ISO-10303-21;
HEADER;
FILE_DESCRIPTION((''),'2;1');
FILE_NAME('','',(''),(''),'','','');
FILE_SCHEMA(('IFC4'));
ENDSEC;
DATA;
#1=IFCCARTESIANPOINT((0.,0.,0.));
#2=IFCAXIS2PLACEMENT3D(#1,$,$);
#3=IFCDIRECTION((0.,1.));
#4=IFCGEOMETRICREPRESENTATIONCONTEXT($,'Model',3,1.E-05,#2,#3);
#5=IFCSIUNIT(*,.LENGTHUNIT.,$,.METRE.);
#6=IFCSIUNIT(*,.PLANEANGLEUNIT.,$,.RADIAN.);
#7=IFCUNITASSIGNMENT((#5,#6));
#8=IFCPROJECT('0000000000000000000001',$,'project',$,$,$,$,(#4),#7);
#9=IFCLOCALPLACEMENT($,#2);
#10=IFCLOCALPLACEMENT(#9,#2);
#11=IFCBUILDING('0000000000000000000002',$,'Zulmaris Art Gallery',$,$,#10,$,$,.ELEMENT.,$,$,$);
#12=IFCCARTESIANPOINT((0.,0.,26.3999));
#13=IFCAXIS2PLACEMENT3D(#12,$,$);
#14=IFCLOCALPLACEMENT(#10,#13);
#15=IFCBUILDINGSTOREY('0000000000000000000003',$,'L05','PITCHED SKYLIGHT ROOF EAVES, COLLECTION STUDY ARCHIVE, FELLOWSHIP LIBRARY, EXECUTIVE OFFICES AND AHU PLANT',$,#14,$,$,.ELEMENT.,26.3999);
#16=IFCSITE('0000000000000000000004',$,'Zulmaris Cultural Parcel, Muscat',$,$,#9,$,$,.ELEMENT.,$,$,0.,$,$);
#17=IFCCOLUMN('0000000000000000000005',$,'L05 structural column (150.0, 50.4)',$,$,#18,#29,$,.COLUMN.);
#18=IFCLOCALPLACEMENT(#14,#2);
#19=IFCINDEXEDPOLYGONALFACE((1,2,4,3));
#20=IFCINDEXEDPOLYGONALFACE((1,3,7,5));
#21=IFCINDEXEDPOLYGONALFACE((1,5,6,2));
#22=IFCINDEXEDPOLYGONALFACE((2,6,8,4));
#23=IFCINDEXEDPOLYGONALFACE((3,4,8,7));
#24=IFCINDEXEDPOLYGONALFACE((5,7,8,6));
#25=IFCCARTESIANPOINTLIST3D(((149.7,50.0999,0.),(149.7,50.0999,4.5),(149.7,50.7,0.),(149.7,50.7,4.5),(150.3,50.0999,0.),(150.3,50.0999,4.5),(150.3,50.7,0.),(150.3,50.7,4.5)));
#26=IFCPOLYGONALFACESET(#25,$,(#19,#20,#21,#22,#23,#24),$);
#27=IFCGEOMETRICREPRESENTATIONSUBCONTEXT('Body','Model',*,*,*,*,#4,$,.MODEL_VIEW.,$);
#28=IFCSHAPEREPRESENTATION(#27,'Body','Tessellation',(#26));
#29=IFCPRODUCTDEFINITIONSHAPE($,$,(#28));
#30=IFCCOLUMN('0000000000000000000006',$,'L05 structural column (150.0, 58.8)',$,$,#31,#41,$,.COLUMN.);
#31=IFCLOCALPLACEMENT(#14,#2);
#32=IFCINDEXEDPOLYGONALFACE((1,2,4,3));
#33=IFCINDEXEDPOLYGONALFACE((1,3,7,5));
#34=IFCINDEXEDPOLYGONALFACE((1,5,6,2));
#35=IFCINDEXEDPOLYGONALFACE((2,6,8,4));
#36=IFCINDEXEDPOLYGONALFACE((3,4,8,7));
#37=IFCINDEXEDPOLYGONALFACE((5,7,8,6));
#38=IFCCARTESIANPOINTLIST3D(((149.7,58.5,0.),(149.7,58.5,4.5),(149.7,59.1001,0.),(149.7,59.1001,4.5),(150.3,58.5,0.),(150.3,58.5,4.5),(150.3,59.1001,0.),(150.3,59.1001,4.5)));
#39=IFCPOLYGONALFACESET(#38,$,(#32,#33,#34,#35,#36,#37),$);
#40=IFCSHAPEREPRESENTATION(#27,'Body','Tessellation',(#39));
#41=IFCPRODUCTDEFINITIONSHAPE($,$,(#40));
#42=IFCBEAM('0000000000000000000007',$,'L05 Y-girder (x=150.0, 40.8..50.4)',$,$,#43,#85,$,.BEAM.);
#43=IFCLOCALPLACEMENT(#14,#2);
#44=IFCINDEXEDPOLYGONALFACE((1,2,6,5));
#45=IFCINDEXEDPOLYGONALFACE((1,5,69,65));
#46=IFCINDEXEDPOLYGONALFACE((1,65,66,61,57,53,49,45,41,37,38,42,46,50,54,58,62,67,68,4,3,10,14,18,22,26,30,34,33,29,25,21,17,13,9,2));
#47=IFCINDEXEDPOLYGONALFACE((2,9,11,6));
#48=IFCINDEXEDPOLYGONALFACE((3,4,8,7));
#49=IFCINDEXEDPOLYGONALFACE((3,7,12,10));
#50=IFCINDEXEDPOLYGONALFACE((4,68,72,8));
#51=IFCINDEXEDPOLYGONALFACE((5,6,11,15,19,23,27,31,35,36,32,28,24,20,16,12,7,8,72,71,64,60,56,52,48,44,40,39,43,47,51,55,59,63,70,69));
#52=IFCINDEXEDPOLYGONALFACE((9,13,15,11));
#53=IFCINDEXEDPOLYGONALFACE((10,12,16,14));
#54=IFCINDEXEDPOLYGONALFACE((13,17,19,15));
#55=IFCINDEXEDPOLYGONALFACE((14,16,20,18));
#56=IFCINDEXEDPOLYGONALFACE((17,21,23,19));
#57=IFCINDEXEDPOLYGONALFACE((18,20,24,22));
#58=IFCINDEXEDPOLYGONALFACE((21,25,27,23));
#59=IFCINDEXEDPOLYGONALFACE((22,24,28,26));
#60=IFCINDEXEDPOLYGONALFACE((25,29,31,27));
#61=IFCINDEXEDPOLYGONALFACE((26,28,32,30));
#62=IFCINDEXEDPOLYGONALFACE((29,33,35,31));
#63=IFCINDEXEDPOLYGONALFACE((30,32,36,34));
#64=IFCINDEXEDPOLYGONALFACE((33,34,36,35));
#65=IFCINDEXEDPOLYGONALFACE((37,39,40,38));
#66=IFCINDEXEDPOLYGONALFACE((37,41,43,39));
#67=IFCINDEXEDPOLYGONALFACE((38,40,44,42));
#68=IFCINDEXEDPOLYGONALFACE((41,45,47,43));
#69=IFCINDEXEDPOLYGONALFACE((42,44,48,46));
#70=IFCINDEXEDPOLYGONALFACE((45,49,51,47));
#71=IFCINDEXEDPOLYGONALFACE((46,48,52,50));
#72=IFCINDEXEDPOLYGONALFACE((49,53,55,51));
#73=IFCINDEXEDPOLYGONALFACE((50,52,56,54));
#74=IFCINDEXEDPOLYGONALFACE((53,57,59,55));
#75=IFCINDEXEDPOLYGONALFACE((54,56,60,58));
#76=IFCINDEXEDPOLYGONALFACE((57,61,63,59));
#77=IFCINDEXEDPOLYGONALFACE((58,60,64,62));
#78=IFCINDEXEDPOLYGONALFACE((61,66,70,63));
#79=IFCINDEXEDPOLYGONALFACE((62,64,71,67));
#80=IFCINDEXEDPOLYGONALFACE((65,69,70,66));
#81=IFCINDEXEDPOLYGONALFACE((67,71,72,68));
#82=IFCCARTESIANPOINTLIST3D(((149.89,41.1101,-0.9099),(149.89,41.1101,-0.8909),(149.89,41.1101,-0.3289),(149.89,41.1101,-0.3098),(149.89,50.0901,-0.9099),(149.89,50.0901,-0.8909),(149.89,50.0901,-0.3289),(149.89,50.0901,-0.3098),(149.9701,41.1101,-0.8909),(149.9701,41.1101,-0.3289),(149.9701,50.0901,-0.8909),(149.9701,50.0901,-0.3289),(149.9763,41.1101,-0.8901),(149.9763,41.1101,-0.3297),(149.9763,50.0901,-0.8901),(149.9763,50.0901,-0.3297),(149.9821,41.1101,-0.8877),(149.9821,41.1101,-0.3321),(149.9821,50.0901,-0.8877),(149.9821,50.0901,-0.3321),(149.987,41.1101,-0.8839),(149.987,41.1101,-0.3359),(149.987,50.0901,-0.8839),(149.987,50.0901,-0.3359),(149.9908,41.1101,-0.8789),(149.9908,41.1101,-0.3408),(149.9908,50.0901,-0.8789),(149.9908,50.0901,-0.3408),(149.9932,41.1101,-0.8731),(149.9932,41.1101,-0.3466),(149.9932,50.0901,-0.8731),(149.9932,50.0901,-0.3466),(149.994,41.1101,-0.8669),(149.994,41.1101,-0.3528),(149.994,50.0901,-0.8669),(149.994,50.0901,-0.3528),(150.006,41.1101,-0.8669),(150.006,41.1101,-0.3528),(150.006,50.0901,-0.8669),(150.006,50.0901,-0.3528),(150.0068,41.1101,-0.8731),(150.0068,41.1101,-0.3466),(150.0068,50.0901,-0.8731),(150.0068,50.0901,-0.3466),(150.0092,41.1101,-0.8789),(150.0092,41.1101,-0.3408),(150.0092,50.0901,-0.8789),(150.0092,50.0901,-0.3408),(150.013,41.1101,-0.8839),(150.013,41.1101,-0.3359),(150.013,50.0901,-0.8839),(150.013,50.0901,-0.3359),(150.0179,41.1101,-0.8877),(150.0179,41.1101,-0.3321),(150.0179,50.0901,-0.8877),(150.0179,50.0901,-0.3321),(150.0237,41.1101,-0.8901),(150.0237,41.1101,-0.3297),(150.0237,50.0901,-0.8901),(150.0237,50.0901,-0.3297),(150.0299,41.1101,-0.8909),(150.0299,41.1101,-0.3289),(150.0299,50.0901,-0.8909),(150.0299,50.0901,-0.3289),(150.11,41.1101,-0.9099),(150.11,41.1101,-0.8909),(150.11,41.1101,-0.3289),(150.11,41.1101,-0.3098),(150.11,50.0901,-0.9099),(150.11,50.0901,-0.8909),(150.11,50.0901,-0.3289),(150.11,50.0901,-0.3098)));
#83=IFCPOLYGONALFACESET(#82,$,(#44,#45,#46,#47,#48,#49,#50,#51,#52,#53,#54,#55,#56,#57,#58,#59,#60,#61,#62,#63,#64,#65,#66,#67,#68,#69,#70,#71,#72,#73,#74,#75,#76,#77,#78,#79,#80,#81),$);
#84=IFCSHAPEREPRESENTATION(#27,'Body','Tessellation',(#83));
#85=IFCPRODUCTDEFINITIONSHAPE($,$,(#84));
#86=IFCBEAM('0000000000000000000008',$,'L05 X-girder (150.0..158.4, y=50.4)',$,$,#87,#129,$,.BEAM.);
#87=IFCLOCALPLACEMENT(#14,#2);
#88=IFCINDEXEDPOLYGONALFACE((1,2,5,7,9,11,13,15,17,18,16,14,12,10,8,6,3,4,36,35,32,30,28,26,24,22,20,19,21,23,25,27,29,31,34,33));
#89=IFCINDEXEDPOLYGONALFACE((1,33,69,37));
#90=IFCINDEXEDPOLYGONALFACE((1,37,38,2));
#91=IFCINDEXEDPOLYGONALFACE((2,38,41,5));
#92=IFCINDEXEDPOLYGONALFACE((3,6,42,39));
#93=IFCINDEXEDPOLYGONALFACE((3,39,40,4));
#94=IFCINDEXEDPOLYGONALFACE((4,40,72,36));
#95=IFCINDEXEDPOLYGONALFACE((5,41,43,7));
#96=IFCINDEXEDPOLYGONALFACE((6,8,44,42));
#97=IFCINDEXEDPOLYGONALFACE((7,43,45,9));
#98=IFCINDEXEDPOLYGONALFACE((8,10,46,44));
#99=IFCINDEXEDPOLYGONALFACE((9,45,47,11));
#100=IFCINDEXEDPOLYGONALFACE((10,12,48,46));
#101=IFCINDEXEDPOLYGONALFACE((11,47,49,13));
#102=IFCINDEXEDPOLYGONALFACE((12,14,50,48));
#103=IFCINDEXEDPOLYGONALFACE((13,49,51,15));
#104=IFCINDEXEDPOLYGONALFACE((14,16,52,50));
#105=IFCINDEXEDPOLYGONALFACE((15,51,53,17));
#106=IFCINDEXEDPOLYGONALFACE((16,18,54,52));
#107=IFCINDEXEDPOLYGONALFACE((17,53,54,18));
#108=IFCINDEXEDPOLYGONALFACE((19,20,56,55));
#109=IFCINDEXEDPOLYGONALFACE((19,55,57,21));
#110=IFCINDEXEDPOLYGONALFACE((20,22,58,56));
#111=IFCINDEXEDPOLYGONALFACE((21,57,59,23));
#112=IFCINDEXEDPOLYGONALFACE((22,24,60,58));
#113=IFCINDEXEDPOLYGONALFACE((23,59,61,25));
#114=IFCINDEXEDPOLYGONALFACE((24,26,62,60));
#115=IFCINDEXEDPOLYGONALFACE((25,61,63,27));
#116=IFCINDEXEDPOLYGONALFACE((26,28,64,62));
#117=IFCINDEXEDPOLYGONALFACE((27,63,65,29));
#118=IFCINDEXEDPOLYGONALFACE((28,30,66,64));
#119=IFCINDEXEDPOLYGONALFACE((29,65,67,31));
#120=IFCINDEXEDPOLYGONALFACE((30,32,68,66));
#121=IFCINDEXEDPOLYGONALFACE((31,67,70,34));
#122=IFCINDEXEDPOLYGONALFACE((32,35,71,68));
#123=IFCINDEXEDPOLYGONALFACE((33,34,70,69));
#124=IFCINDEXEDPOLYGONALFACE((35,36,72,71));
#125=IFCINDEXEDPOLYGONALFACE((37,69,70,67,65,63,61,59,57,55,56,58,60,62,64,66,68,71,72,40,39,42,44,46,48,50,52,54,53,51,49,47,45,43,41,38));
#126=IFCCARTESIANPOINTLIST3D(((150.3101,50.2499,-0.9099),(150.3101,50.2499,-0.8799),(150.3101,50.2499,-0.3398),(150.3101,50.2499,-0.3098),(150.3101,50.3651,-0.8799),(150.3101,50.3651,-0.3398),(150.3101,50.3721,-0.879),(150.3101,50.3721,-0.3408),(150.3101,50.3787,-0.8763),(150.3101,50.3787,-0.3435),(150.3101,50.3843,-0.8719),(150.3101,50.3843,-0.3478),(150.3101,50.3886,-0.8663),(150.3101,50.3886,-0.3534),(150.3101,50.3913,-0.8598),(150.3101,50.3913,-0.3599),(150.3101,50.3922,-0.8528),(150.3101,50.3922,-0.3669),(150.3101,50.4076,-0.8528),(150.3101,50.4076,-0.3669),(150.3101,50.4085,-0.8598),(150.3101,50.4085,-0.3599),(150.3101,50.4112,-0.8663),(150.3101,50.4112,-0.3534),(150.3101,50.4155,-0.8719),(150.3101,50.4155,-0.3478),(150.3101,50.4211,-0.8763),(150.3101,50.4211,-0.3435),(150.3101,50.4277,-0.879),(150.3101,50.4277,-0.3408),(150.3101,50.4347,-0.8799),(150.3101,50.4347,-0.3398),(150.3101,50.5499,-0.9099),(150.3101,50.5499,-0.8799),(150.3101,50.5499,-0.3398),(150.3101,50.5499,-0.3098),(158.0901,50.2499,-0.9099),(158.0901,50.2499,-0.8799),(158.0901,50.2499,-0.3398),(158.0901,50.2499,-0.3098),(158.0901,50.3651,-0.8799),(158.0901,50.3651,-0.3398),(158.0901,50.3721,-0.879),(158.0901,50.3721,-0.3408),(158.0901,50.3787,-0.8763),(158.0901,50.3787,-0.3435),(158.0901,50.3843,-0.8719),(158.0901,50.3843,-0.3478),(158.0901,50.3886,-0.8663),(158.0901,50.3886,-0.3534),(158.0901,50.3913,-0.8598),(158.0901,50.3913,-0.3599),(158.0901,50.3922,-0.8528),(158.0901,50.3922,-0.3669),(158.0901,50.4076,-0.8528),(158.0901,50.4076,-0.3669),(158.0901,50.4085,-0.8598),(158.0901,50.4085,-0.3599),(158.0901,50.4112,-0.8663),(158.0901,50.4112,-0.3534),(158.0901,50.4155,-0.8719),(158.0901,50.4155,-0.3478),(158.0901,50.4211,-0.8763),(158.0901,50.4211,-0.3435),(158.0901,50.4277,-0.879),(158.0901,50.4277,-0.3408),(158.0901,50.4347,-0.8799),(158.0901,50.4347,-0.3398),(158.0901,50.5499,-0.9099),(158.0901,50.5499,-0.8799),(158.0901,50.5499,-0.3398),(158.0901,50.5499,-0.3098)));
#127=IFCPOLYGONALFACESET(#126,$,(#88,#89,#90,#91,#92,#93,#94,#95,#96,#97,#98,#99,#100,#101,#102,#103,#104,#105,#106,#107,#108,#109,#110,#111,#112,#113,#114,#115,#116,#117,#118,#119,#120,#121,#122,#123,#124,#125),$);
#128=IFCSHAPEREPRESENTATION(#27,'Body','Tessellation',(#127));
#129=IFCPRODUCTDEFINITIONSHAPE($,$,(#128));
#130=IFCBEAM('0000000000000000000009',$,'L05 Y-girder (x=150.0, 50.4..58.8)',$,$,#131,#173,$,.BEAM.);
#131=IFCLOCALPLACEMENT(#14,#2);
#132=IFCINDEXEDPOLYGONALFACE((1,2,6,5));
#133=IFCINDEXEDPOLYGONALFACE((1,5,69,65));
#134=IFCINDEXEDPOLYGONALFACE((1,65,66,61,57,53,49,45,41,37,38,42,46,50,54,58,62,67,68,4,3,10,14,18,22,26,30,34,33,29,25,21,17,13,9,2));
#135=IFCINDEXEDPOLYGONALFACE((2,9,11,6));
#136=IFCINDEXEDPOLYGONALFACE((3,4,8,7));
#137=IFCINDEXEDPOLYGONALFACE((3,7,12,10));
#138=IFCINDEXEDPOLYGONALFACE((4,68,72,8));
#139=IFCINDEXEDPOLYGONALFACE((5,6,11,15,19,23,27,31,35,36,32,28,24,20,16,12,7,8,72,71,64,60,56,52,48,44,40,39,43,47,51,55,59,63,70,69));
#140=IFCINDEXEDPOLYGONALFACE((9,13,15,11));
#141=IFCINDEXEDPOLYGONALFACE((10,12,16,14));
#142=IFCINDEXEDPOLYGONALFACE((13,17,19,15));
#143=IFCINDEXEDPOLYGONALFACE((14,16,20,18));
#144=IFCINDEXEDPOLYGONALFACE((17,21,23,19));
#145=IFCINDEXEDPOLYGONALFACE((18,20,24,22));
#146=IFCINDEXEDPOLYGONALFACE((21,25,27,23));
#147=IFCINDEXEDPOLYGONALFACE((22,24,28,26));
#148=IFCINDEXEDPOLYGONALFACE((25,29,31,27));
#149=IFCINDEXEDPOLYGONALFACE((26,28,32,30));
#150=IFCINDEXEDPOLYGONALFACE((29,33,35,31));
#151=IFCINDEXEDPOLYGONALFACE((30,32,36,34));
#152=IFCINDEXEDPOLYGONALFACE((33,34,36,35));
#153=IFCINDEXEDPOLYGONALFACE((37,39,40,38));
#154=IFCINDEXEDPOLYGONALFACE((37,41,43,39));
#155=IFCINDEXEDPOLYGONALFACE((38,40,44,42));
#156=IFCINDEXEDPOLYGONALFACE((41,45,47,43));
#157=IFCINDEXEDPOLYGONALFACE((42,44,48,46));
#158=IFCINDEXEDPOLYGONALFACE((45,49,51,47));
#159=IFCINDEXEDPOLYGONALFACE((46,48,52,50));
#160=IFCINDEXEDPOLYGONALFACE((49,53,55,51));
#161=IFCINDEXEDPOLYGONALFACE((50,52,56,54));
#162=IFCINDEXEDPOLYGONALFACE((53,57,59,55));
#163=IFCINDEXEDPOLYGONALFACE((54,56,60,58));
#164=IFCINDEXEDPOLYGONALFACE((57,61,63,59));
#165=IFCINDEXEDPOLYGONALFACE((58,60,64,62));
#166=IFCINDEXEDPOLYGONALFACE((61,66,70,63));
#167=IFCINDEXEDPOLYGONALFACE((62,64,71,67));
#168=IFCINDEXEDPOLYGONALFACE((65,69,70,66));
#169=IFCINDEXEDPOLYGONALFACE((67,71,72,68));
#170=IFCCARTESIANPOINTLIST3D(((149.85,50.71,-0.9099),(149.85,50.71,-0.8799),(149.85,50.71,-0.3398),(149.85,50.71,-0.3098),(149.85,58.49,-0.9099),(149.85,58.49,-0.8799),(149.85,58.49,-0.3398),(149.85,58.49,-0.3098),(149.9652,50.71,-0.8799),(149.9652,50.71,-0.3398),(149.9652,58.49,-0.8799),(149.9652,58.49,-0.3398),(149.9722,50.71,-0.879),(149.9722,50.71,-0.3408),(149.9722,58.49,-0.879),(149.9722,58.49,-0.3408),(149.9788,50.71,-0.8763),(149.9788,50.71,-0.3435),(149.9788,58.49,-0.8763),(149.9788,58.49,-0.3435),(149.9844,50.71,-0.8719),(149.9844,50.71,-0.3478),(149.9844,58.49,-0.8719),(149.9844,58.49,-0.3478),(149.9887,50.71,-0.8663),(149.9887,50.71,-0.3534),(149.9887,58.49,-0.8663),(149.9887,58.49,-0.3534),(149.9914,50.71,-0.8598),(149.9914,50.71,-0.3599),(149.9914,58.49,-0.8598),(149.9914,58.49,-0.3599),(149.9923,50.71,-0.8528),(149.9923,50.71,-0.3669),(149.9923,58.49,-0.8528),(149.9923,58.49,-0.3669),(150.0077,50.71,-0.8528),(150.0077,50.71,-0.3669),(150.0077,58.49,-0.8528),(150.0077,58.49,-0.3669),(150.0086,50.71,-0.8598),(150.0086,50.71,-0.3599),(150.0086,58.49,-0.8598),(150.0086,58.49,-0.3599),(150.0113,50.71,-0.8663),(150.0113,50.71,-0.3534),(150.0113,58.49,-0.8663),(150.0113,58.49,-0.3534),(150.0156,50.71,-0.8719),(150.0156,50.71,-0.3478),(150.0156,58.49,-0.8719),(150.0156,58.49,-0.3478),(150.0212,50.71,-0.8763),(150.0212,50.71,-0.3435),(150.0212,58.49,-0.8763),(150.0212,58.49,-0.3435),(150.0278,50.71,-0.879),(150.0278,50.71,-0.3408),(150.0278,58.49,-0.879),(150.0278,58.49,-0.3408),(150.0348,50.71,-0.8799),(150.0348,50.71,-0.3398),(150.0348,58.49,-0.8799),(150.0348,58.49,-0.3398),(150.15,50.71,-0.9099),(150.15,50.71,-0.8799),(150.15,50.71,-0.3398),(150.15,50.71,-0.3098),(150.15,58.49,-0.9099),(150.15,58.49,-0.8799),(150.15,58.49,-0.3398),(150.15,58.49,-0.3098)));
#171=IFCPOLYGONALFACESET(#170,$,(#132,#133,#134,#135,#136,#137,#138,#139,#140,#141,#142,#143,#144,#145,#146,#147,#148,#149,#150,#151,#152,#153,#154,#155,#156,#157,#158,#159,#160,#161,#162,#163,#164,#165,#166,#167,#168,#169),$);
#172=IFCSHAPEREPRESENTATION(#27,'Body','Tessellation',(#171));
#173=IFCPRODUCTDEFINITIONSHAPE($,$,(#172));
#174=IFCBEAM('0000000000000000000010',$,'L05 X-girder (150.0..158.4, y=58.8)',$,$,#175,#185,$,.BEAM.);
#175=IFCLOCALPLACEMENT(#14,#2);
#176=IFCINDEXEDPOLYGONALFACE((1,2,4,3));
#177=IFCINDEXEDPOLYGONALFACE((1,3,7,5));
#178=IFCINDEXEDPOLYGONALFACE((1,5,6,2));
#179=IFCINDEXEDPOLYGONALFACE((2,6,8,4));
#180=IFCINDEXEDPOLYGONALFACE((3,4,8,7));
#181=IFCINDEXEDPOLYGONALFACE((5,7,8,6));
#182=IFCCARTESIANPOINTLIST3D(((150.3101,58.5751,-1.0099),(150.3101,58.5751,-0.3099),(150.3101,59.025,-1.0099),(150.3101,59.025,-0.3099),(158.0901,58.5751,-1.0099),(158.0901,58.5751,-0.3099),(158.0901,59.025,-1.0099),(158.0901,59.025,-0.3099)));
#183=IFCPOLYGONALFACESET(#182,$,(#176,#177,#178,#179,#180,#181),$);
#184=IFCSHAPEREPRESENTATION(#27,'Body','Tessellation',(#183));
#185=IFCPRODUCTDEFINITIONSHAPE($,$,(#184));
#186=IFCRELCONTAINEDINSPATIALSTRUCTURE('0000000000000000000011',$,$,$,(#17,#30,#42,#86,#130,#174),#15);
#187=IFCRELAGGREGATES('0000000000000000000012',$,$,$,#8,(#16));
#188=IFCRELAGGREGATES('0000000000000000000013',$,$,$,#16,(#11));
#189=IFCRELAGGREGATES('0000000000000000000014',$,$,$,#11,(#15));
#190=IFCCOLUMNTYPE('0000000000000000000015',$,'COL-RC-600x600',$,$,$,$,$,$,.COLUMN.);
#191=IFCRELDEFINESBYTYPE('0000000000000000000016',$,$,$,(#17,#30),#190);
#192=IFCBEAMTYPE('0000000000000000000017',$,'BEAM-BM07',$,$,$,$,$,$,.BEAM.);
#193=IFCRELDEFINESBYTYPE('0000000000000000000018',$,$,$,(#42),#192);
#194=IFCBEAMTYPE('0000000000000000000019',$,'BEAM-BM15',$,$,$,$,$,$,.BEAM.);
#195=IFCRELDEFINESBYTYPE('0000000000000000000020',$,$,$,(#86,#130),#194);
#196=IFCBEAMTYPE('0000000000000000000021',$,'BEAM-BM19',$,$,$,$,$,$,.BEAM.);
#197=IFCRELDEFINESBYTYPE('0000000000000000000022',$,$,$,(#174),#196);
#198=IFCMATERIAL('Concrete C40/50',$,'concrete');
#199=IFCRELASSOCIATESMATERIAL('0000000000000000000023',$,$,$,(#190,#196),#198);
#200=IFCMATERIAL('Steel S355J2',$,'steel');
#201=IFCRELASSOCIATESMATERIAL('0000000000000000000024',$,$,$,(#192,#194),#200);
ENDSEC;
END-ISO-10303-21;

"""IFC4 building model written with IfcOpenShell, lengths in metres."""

from ifc_helpers import new_model, si_unit, direction, frame, origin, origin_2d, place, context, subcontext, project, spatial, rectangle, i_section, extrude, material, material_profile, profile_set, type_object, element, save


model = new_model("IFC4")

# Units and contexts
model_context = context("Model", 3, precision=1e-05, world=origin(), true_north=direction((0.0, 1.0)))
body_context = subcontext(model_context, "Body", "Model", "MODEL_VIEW")
ifc_project = project(units=[si_unit("LENGTHUNIT", "METRE"), si_unit("PLANEANGLEUNIT", "RADIAN")], contexts=[model_context])

# Site, building, storey
site_placement = place(None, origin())
site = spatial("IfcSite", under=ifc_project, at=site_placement, Name="Zulmaris Cultural Parcel, Muscat", CompositionType="ELEMENT", RefElevation=0.0)
building_placement = place(site_placement, origin())
building = spatial("IfcBuilding", under=site, at=building_placement, Name="Zulmaris Art Gallery", CompositionType="ELEMENT")
storey_placement = place(building_placement, frame((0.0, 0.0, 26.3999)))
storey = spatial("IfcBuildingStorey", under=building, at=storey_placement, Name="L05", Description="PITCHED SKYLIGHT ROOF EAVES, COLLECTION STUDY ARCHIVE, FELLOWSHIP LIBRARY, EXECUTIVE OFFICES AND AHU PLANT", CompositionType="ELEMENT", Elevation=26.3999)

# Columns
ifc_material_1 = material(Name="Concrete C40/50", Category="concrete")
ifc_material_profile_1 = material_profile(ifc_material_1, rectangle(XDim=0.6001, YDim=0.6001, at=origin_2d()), Name="RC 600x600")
ifc_profile_set_1 = profile_set([ifc_material_profile_1], Name="Concrete C40/50")
column_type = type_object("IfcColumnType", Name="COL-RC-600x600", PredefinedType="COLUMN", material=ifc_profile_set_1)
for number, where, z_axis, x_axis, name in (
    (1, (150.0, 50.3999, 0.0), (0.0, 0.0, 1.0), (1.0, 0.0, 0.0), "L05 structural column (150.0, 50.4)"),
    (2, (150.0, 58.8, 0.0), (0.0, 0.0, 1.0), (1.0, 0.0, 0.0), "L05 structural column (150.0, 58.8)"),
):
    element("IfcColumn", number, at=place(storey_placement, frame(where, z_axis=z_axis, x_axis=x_axis)), inside=storey, type_object=column_type, Name=name, PredefinedType="COLUMN", context=body_context, shape_type="SweptSolid", body=[
        extrude(rectangle(XDim=0.6001, YDim=0.6001, at=origin_2d()), origin(), (0.0, 0.0, 1.0), 4.5),
    ])

# Beams
ifc_material_2 = material(Name="Steel S355J2", Category="steel")
ifc_material_profile_2 = material_profile(ifc_material_2, i_section(OverallWidth=0.22, OverallDepth=0.6001, WebThickness=0.012, FlangeThickness=0.019, FilletRadius=0.0239, at=origin_2d()), Name="IPE 600")
ifc_profile_set_2 = profile_set([ifc_material_profile_2], Name="Steel S355J2")
beam_type_1 = type_object("IfcBeamType", Name="BEAM-BM07", PredefinedType="BEAM", material=ifc_profile_set_2)
beam_1_placement = place(storey_placement, frame((150.0, 41.1101, -0.6099), z_axis=(0.0, 1.0, 0.0), x_axis=(-1.0, 0.0, 0.0)))
element("IfcBeam", 3, at=beam_1_placement, inside=storey, type_object=beam_type_1, Name="L05 Y-girder (x=150.0, 40.8..50.4)", PredefinedType="BEAM", context=body_context, shape_type="SweptSolid", body=[
    extrude(i_section(OverallWidth=0.22, OverallDepth=0.6001, WebThickness=0.012, FlangeThickness=0.019, FilletRadius=0.0239, at=origin_2d()), origin(), (0.0, 0.0, 1.0), 8.98),
])
ifc_material_profile_3 = material_profile(ifc_material_2, i_section(OverallWidth=0.3, OverallDepth=0.6001, WebThickness=0.0154, FlangeThickness=0.03, FilletRadius=0.0271, at=origin_2d()), Name="HEB 600")
ifc_profile_set_3 = profile_set([ifc_material_profile_3], Name="Steel S355J2")
beam_type_2 = type_object("IfcBeamType", Name="BEAM-BM15", PredefinedType="BEAM", material=ifc_profile_set_3)
for number, where, z_axis, x_axis, name in (
    (4, (150.3101, 50.3999, -0.6099), (1.0, 0.0, 0.0), (0.0, 1.0, 0.0), "L05 X-girder (150.0..158.4, y=50.4)"),
    (5, (150.0, 50.71, -0.6099), (0.0, 1.0, 0.0), (-1.0, 0.0, 0.0), "L05 Y-girder (x=150.0, 50.4..58.8)"),
):
    element("IfcBeam", number, at=place(storey_placement, frame(where, z_axis=z_axis, x_axis=x_axis)), inside=storey, type_object=beam_type_2, Name=name, PredefinedType="BEAM", context=body_context, shape_type="SweptSolid", body=[
        extrude(i_section(OverallWidth=0.3, OverallDepth=0.6001, WebThickness=0.0154, FlangeThickness=0.03, FilletRadius=0.0271, at=origin_2d()), origin(), (0.0, 0.0, 1.0), 7.78),
    ])
ifc_material_profile_4 = material_profile(ifc_material_1, rectangle(XDim=0.45, YDim=0.7, at=origin_2d()), Name="RC 450x700")
ifc_profile_set_4 = profile_set([ifc_material_profile_4], Name="Concrete C40/50")
beam_type_3 = type_object("IfcBeamType", Name="BEAM-BM19", PredefinedType="BEAM", material=ifc_profile_set_4)
beam_2_placement = place(storey_placement, frame((150.3101, 58.8, -0.6599), z_axis=(1.0, 0.0, 0.0), x_axis=(0.0, 1.0, 0.0)))
element("IfcBeam", 6, at=beam_2_placement, inside=storey, type_object=beam_type_3, Name="L05 X-girder (150.0..158.4, y=58.8)", PredefinedType="BEAM", context=body_context, shape_type="SweptSolid", body=[
    extrude(rectangle(XDim=0.45, YDim=0.7, at=origin_2d()), origin(), (0.0, 0.0, 1.0), 7.78),
])

save(model, "model.ifc")
